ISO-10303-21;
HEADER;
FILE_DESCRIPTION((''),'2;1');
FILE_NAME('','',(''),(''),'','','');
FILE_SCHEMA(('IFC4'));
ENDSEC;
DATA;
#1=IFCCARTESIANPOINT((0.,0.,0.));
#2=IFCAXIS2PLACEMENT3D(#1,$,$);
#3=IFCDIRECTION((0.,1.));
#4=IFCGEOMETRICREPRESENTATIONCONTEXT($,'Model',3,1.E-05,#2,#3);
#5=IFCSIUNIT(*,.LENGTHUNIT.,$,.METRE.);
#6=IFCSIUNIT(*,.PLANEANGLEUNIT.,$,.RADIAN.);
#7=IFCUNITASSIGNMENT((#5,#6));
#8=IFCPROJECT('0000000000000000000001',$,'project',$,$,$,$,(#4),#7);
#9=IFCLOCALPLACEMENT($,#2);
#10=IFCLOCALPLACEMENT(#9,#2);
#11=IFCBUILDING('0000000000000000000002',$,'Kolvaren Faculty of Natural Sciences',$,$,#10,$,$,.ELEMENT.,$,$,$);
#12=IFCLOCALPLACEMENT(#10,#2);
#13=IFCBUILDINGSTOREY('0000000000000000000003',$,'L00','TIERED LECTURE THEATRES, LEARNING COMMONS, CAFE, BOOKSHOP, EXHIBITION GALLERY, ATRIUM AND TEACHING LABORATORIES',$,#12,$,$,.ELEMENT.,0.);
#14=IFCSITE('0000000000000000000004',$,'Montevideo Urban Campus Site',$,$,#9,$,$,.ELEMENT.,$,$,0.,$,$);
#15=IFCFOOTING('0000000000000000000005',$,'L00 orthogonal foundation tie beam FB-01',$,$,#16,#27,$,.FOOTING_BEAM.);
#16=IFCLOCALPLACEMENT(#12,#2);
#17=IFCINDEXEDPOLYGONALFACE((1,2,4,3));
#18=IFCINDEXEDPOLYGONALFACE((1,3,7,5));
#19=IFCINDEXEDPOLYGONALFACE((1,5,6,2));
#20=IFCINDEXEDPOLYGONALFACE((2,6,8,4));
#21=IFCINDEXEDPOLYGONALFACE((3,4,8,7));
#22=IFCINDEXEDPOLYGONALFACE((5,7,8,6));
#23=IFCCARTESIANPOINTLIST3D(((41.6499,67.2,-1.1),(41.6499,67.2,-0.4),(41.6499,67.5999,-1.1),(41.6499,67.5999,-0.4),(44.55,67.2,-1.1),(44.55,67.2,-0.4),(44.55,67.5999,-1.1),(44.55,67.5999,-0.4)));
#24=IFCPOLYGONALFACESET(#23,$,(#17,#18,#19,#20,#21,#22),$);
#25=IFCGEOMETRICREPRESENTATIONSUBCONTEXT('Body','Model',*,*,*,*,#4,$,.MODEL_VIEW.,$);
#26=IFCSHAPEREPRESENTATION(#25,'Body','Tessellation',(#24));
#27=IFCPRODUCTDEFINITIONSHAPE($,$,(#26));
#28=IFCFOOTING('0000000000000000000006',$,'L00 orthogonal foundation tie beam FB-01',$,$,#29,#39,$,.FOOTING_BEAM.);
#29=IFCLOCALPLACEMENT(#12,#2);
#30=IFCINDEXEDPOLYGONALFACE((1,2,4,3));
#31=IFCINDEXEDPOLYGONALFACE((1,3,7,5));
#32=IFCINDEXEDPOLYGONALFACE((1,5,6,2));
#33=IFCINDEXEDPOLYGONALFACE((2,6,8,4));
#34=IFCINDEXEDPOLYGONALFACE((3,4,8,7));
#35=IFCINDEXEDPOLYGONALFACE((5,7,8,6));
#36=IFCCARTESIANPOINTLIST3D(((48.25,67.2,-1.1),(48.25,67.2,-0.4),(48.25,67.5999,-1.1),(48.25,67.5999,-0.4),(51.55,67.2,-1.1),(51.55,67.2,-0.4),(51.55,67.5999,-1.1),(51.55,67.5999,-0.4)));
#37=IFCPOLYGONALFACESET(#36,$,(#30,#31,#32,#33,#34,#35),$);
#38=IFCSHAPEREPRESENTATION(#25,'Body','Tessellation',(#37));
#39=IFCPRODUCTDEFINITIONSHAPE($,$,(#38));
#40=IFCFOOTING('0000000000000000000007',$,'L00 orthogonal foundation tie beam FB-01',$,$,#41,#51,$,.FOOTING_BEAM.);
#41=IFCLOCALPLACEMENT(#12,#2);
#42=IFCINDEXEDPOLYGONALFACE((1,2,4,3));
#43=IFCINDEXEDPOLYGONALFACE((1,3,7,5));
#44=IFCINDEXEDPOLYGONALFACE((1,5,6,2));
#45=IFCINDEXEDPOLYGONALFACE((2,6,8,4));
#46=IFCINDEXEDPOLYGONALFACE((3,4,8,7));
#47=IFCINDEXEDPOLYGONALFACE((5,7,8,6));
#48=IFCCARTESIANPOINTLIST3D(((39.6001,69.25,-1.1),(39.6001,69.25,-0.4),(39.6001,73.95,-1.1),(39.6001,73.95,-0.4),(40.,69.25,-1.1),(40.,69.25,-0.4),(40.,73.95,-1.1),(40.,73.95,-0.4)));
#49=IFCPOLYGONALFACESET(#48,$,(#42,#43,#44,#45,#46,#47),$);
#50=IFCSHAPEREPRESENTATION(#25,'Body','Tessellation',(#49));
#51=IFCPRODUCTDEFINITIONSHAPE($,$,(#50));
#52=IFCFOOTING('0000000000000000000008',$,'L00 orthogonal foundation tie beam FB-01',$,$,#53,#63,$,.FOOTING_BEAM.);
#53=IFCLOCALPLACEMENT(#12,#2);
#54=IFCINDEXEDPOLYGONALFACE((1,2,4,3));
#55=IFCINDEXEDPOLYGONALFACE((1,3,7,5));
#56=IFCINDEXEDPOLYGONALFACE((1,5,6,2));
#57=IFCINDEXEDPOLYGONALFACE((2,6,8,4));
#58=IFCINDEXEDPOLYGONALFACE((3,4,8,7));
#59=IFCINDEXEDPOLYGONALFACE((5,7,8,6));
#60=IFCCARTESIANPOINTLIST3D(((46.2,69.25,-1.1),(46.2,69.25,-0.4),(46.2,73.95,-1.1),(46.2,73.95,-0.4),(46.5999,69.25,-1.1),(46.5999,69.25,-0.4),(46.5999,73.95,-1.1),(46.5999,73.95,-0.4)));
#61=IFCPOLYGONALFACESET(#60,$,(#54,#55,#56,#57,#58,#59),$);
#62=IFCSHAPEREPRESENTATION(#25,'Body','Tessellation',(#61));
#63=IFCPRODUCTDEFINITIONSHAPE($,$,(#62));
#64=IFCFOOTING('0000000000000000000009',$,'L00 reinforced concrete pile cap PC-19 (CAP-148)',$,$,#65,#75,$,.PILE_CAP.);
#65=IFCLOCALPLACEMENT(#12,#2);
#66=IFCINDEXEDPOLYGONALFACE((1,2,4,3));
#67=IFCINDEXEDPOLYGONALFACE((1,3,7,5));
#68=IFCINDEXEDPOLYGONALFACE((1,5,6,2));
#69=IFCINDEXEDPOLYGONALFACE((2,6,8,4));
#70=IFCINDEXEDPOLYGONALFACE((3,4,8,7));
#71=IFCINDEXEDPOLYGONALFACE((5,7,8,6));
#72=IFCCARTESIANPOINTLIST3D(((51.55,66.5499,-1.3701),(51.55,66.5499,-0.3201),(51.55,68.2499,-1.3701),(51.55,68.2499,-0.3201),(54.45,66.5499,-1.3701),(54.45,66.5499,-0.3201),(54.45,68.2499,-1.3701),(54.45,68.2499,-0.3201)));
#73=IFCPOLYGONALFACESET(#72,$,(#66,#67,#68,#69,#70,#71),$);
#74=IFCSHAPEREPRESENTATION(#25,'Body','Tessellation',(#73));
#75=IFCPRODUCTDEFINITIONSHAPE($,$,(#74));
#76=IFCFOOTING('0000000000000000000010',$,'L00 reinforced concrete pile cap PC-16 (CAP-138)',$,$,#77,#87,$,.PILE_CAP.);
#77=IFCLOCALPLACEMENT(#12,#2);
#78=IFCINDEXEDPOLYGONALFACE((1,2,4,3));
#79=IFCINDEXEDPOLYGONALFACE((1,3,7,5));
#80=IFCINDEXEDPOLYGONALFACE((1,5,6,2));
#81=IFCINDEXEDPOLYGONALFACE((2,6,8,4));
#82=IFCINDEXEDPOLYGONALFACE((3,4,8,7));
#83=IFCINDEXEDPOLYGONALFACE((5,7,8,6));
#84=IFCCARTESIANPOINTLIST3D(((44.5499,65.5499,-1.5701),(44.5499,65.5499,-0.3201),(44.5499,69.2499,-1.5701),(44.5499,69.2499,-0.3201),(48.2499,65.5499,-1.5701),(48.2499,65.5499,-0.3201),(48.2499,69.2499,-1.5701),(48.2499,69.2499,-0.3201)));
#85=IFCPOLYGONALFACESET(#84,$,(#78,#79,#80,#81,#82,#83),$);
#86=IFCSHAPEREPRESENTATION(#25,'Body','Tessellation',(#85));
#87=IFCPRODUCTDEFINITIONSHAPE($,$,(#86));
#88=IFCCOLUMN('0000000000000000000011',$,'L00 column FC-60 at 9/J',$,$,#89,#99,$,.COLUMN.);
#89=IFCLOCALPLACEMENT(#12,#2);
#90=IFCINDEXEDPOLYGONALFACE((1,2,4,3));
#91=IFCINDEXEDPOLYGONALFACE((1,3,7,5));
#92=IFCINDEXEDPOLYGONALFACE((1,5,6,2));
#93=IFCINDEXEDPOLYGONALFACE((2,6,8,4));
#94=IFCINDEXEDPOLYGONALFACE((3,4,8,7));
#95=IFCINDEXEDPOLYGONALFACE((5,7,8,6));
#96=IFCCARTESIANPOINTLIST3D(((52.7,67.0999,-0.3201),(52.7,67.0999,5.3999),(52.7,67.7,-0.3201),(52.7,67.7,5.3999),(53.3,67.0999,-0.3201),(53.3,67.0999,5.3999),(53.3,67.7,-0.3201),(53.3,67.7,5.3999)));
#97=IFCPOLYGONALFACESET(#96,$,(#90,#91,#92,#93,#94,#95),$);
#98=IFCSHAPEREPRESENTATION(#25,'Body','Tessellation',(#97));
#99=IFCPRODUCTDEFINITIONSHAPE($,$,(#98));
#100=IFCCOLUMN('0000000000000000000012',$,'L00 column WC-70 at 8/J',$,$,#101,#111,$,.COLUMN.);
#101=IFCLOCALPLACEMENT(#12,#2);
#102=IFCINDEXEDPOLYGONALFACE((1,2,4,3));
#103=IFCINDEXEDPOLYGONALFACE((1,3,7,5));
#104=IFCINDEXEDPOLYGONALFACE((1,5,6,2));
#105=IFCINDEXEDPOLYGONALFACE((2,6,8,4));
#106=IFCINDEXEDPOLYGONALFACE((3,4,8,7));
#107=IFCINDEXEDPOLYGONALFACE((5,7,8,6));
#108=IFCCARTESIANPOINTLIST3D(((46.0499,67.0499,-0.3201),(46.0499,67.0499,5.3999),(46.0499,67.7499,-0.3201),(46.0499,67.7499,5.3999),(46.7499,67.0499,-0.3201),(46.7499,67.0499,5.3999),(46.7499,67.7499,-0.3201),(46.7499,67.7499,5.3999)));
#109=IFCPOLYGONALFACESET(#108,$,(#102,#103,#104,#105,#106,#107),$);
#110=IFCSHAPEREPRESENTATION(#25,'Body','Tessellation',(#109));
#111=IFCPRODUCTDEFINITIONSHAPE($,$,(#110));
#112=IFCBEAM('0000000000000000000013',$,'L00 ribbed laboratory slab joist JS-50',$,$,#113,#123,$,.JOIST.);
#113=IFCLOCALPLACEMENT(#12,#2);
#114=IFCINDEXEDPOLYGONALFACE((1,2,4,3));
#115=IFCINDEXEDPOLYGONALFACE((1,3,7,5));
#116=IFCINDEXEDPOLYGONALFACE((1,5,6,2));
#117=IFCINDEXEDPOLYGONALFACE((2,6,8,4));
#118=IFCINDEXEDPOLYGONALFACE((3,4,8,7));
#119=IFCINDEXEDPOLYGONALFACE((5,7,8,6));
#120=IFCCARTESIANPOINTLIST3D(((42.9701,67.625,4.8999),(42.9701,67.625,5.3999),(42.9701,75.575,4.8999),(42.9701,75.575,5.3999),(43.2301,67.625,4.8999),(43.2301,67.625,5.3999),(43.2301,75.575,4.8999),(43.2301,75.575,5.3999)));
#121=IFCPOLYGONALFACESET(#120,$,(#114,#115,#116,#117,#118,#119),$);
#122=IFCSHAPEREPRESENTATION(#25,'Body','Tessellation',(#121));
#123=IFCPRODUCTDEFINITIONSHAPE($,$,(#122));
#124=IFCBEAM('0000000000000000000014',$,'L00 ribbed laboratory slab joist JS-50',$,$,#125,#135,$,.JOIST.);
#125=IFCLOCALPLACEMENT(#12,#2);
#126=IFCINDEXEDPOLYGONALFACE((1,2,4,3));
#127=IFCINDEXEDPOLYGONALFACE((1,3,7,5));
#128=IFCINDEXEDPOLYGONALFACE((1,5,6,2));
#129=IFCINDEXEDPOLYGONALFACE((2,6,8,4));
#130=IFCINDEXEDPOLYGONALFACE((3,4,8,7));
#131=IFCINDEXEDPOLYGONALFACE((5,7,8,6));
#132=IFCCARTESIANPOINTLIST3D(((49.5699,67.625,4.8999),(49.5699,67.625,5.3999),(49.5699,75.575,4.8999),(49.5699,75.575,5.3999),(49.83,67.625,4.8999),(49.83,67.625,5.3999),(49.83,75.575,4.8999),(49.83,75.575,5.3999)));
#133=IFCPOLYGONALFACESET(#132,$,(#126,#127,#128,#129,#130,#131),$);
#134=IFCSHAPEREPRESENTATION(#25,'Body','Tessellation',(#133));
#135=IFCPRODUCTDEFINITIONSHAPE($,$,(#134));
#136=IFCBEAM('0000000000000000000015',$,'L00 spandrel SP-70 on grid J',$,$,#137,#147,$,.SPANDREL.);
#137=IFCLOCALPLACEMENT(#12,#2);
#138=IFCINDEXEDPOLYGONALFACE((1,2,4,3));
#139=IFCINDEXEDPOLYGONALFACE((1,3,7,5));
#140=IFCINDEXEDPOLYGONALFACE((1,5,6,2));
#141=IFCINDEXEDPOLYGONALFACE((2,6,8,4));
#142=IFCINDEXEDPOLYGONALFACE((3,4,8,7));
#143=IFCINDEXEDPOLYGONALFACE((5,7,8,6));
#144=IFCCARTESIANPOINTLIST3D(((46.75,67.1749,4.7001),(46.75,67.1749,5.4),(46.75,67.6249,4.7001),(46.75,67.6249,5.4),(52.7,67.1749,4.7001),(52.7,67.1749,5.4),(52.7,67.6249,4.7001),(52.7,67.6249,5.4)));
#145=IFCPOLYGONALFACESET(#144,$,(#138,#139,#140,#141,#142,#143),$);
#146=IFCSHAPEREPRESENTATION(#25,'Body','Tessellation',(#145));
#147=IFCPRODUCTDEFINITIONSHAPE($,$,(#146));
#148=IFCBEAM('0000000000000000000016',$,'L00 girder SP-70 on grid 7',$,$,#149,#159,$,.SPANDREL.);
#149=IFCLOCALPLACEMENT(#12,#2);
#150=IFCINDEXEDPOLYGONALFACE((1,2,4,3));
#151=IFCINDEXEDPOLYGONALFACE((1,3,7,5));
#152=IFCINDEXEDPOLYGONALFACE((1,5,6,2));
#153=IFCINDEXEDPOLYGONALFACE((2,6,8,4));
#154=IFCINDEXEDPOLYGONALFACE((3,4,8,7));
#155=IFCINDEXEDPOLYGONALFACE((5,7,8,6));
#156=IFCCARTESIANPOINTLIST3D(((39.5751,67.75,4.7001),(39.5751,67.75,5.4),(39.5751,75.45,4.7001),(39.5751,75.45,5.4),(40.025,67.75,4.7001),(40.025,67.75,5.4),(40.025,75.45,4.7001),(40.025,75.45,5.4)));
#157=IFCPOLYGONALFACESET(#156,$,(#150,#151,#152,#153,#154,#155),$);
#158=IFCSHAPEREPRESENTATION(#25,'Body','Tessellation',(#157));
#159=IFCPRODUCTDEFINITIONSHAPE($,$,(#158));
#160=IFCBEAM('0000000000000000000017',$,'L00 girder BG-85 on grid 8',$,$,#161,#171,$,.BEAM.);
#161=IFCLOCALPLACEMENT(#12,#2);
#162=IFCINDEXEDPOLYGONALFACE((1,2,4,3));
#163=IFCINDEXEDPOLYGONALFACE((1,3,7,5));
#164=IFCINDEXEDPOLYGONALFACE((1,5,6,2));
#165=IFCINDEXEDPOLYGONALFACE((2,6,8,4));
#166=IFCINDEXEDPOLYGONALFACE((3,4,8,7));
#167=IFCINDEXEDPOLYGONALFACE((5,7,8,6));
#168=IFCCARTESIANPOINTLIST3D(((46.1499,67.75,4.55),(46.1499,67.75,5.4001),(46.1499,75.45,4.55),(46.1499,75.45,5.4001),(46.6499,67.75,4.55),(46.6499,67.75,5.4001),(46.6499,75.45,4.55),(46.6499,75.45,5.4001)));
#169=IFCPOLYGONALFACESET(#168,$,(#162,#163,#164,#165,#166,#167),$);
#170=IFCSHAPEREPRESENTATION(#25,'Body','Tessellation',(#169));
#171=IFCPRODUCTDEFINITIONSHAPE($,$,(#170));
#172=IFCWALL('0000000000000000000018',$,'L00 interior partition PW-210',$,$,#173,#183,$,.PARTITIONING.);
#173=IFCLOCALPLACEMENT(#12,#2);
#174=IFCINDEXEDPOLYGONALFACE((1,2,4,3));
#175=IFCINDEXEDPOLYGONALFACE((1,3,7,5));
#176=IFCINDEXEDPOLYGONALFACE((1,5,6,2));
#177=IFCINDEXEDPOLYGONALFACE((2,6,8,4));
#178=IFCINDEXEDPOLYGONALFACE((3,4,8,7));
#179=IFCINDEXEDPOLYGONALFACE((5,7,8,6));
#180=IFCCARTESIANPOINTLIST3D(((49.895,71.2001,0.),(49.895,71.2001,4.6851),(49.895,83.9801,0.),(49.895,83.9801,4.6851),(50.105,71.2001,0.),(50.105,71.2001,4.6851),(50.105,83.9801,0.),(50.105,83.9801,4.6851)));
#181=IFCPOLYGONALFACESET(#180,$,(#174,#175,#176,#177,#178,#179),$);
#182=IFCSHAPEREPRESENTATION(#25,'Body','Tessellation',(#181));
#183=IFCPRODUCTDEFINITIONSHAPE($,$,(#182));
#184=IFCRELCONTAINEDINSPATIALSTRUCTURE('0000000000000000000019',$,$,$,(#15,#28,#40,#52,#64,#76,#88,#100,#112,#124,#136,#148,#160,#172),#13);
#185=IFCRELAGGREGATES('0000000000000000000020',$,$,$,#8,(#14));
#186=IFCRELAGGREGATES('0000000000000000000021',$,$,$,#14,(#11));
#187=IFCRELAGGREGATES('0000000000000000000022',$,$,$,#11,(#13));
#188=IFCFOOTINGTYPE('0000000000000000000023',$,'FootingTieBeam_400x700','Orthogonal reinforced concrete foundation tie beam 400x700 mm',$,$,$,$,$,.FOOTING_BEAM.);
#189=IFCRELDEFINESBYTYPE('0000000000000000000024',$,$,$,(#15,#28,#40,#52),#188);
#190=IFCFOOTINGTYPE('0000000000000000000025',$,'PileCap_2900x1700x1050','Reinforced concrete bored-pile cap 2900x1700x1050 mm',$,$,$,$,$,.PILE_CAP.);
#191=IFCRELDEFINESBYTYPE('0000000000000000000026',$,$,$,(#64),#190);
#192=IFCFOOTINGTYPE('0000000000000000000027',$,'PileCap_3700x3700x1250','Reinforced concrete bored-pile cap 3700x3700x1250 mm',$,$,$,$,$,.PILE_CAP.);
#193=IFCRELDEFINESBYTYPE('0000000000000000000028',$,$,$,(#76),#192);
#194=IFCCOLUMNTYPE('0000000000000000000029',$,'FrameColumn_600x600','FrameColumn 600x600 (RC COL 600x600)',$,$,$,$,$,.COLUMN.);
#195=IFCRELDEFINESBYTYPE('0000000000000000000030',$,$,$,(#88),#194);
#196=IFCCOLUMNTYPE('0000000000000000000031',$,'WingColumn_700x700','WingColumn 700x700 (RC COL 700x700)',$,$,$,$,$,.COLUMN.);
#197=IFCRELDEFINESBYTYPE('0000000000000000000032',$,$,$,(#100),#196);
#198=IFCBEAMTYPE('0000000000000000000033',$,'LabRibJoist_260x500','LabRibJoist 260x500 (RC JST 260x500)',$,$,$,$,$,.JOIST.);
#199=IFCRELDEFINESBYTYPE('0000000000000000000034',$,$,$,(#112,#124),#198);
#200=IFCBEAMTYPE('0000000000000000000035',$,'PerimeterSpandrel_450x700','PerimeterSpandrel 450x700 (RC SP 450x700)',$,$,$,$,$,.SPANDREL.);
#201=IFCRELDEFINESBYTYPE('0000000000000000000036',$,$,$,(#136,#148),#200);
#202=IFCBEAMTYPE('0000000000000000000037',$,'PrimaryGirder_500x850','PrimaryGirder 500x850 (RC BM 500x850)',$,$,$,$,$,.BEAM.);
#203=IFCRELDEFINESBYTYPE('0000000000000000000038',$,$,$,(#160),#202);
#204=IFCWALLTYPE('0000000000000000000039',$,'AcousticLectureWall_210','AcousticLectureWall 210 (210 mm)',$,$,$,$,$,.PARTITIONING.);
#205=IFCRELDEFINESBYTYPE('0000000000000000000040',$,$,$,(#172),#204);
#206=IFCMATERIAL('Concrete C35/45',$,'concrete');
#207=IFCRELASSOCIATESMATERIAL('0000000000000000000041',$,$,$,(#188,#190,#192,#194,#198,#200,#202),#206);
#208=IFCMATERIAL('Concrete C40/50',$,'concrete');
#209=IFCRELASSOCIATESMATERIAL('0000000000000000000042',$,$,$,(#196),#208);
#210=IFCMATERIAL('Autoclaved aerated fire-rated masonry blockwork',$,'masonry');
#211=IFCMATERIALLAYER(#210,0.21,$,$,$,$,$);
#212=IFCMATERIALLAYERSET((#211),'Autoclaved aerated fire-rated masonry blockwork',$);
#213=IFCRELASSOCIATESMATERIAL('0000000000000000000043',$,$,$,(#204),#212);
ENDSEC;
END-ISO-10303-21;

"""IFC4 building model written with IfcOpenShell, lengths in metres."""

from ifc_helpers import new_model, si_unit, direction, frame, frame_2d, origin, origin_2d, place, context, subcontext, project, spatial, rectangle, extrude, material, layer, layer_set, material_profile, profile_set, type_object, element, save


model = new_model("IFC4")

# Units and contexts
model_context = context("Model", 3, precision=1e-05, world=origin(), true_north=direction((0.0, 1.0)))
body_context = subcontext(model_context, "Body", "Model", "MODEL_VIEW")
ifc_project = project(units=[si_unit("LENGTHUNIT", "METRE"), si_unit("PLANEANGLEUNIT", "RADIAN")], contexts=[model_context])

# Site, building, storey
site_placement = place(None, origin())
site = spatial("IfcSite", under=ifc_project, at=site_placement, Name="Montevideo Urban Campus Site", CompositionType="ELEMENT", RefElevation=0.0)
building_placement = place(site_placement, origin())
building = spatial("IfcBuilding", under=site, at=building_placement, Name="Kolvaren Faculty of Natural Sciences", CompositionType="ELEMENT")
storey_placement = place(building_placement, origin())
storey = spatial("IfcBuildingStorey", under=building, at=storey_placement, Name="L00", Description="TIERED LECTURE THEATRES, LEARNING COMMONS, CAFE, BOOKSHOP, EXHIBITION GALLERY, ATRIUM AND TEACHING LABORATORIES", CompositionType="ELEMENT", Elevation=0.0)

# Shared definitions
ifc_material_1 = material(Name="Concrete C35/45", Category="concrete")

# Footings
ifc_material_profile_1 = material_profile(ifc_material_1, rectangle(XDim=0.3999, YDim=0.7, at=origin_2d()), Name="RC FB 400x700")
ifc_profile_set_1 = profile_set([ifc_material_profile_1], Name="Concrete C35/45")
footing_type_1 = type_object("IfcFootingType", Name="FootingTieBeam_400x700", Description="Orthogonal reinforced concrete foundation tie beam 400x700 mm", PredefinedType="FOOTING_BEAM", material=ifc_profile_set_1)
footing_1_placement = place(storey_placement, frame((41.6499, 67.3999, -0.75), z_axis=(1.0, 0.0, 0.0), x_axis=(0.0, 1.0, 0.0)))
element("IfcFooting", 1, at=footing_1_placement, inside=storey, type_object=footing_type_1, Name="L00 orthogonal foundation tie beam FB-01", PredefinedType="FOOTING_BEAM", context=body_context, shape_type="SweptSolid", body=[
    extrude(rectangle(XDim=0.3999, YDim=0.7, at=origin_2d()), origin(), (0.0, 0.0, 1.0), 2.9001),
])
footing_2_placement = place(storey_placement, frame((48.25, 67.3999, -0.75), z_axis=(1.0, 0.0, 0.0), x_axis=(0.0, 1.0, 0.0)))
element("IfcFooting", 2, at=footing_2_placement, inside=storey, type_object=footing_type_1, Name="L00 orthogonal foundation tie beam FB-01", PredefinedType="FOOTING_BEAM", context=body_context, shape_type="SweptSolid", body=[
    extrude(rectangle(XDim=0.3999, YDim=0.7, at=origin_2d()), origin(), (0.0, 0.0, 1.0), 3.3),
])
for number, where, z_axis, x_axis, name in (
    (3, (39.8, 69.25, -0.75), (0.0, 1.0, 0.0), (-1.0, 0.0, 0.0), "L00 orthogonal foundation tie beam FB-01"),
    (4, (46.3999, 69.25, -0.75), (0.0, 1.0, 0.0), (-1.0, 0.0, 0.0), "L00 orthogonal foundation tie beam FB-01"),
):
    element("IfcFooting", number, at=place(storey_placement, frame(where, z_axis=z_axis, x_axis=x_axis)), inside=storey, type_object=footing_type_1, Name=name, PredefinedType="FOOTING_BEAM", context=body_context, shape_type="SweptSolid", body=[
        extrude(rectangle(XDim=0.3999, YDim=0.7, at=origin_2d()), origin(), (0.0, 0.0, 1.0), 4.7),
    ])
footing_type_2 = type_object("IfcFootingType", Name="PileCap_2900x1700x1050", Description="Reinforced concrete bored-pile cap 2900x1700x1050 mm", PredefinedType="PILE_CAP", material=ifc_material_1)
footing_3_placement = place(storey_placement, frame((53.0, 67.3999, -1.3701), z_axis=(0.0, 0.0, 1.0), x_axis=(1.0, 0.0, 0.0)))
element("IfcFooting", 5, at=footing_3_placement, inside=storey, type_object=footing_type_2, Name="L00 reinforced concrete pile cap PC-19 (CAP-148)", PredefinedType="PILE_CAP", context=body_context, shape_type="SweptSolid", body=[
    extrude(rectangle(XDim=2.8999, YDim=1.7, at=origin_2d()), origin(), (0.0, 0.0, 1.0), 1.05),
])
footing_type_3 = type_object("IfcFootingType", Name="PileCap_3700x3700x1250", Description="Reinforced concrete bored-pile cap 3700x3700x1250 mm", PredefinedType="PILE_CAP", material=ifc_material_1)
footing_4_placement = place(storey_placement, frame((46.3999, 67.3999, -1.5701), z_axis=(0.0, 0.0, 1.0), x_axis=(1.0, 0.0, 0.0)))
element("IfcFooting", 6, at=footing_4_placement, inside=storey, type_object=footing_type_3, Name="L00 reinforced concrete pile cap PC-16 (CAP-138)", PredefinedType="PILE_CAP", context=body_context, shape_type="SweptSolid", body=[
    extrude(rectangle(XDim=3.7, YDim=3.7, at=origin_2d()), origin(), (0.0, 0.0, 1.0), 1.25),
])

# Columns
ifc_material_profile_2 = material_profile(ifc_material_1, rectangle(XDim=0.6001, YDim=0.6001, at=origin_2d()), Name="RC COL 600x600")
ifc_profile_set_2 = profile_set([ifc_material_profile_2], Name="Concrete C35/45")
column_type_1 = type_object("IfcColumnType", Name="FrameColumn_600x600", Description="FrameColumn 600x600 (RC COL 600x600)", PredefinedType="COLUMN", material=ifc_profile_set_2)
column_1_placement = place(storey_placement, frame((53.0, 67.3999, -0.3201), z_axis=(0.0, 0.0, 1.0), x_axis=(1.0, 0.0, 0.0)))
element("IfcColumn", 7, at=column_1_placement, inside=storey, type_object=column_type_1, Name="L00 column FC-60 at 9/J", PredefinedType="COLUMN", context=body_context, shape_type="SweptSolid", body=[
    extrude(rectangle(XDim=0.6001, YDim=0.6001, at=origin_2d()), origin(), (0.0, 0.0, 1.0), 5.72),
])
ifc_material_2 = material(Name="Concrete C40/50", Category="concrete")
ifc_material_profile_3 = material_profile(ifc_material_2, rectangle(XDim=0.7, YDim=0.7, at=origin_2d()), Name="RC COL 700x700")
ifc_profile_set_3 = profile_set([ifc_material_profile_3], Name="Concrete C40/50")
column_type_2 = type_object("IfcColumnType", Name="WingColumn_700x700", Description="WingColumn 700x700 (RC COL 700x700)", PredefinedType="COLUMN", material=ifc_profile_set_3)
column_2_placement = place(storey_placement, frame((46.3999, 67.3999, -0.3201), z_axis=(0.0, 0.0, 1.0), x_axis=(1.0, 0.0, 0.0)))
element("IfcColumn", 8, at=column_2_placement, inside=storey, type_object=column_type_2, Name="L00 column WC-70 at 8/J", PredefinedType="COLUMN", context=body_context, shape_type="SweptSolid", body=[
    extrude(rectangle(XDim=0.7, YDim=0.7, at=origin_2d()), origin(), (0.0, 0.0, 1.0), 5.72),
])

# Beams
ifc_material_profile_4 = material_profile(ifc_material_1, rectangle(XDim=0.26, YDim=0.5, at=origin_2d()), Name="RC JST 260x500")
ifc_profile_set_4 = profile_set([ifc_material_profile_4], Name="Concrete C35/45")
beam_type_1 = type_object("IfcBeamType", Name="LabRibJoist_260x500", Description="LabRibJoist 260x500 (RC JST 260x500)", PredefinedType="JOIST", material=ifc_profile_set_4)
for number, where, z_axis, x_axis, name in (
    (9, (43.1001, 67.625, 5.1499), (0.0, 1.0, 0.0), (-1.0, 0.0, 0.0), "L00 ribbed laboratory slab joist JS-50"),
    (10, (49.7, 67.625, 5.1499), (0.0, 1.0, 0.0), (-1.0, 0.0, 0.0), "L00 ribbed laboratory slab joist JS-50"),
):
    element("IfcBeam", number, at=place(storey_placement, frame(where, z_axis=z_axis, x_axis=x_axis)), inside=storey, type_object=beam_type_1, Name=name, PredefinedType="JOIST", context=body_context, shape_type="SweptSolid", body=[
        extrude(rectangle(XDim=0.26, YDim=0.5, at=origin_2d()), origin(), (0.0, 0.0, 1.0), 7.95),
    ])
ifc_material_profile_5 = material_profile(ifc_material_1, rectangle(XDim=0.45, YDim=0.7, at=origin_2d()), Name="RC SP 450x700")
ifc_profile_set_5 = profile_set([ifc_material_profile_5], Name="Concrete C35/45")
beam_type_2 = type_object("IfcBeamType", Name="PerimeterSpandrel_450x700", Description="PerimeterSpandrel 450x700 (RC SP 450x700)", PredefinedType="SPANDREL", material=ifc_profile_set_5)
beam_1_placement = place(storey_placement, frame((46.75, 67.3999, 5.05), z_axis=(1.0, 0.0, 0.0), x_axis=(0.0, 1.0, 0.0)))
element("IfcBeam", 11, at=beam_1_placement, inside=storey, type_object=beam_type_2, Name="L00 spandrel SP-70 on grid J", PredefinedType="SPANDREL", context=body_context, shape_type="SweptSolid", body=[
    extrude(rectangle(XDim=0.45, YDim=0.7, at=origin_2d()), origin(), (0.0, 0.0, 1.0), 5.95),
])
beam_2_placement = place(storey_placement, frame((39.8, 67.75, 5.05), z_axis=(0.0, 1.0, 0.0), x_axis=(-1.0, 0.0, 0.0)))
element("IfcBeam", 12, at=beam_2_placement, inside=storey, type_object=beam_type_2, Name="L00 girder SP-70 on grid 7", PredefinedType="SPANDREL", context=body_context, shape_type="SweptSolid", body=[
    extrude(rectangle(XDim=0.45, YDim=0.7, at=origin_2d()), origin(), (0.0, 0.0, 1.0), 7.7),
])
ifc_material_profile_6 = material_profile(ifc_material_1, rectangle(XDim=0.5, YDim=0.8501, at=origin_2d()), Name="RC BM 500x850")
ifc_profile_set_6 = profile_set([ifc_material_profile_6], Name="Concrete C35/45")
beam_type_3 = type_object("IfcBeamType", Name="PrimaryGirder_500x850", Description="PrimaryGirder 500x850 (RC BM 500x850)", PredefinedType="BEAM", material=ifc_profile_set_6)
beam_3_placement = place(storey_placement, frame((46.3999, 67.75, 4.9751), z_axis=(0.0, 1.0, 0.0), x_axis=(-1.0, 0.0, 0.0)))
element("IfcBeam", 13, at=beam_3_placement, inside=storey, type_object=beam_type_3, Name="L00 girder BG-85 on grid 8", PredefinedType="BEAM", context=body_context, shape_type="SweptSolid", body=[
    extrude(rectangle(XDim=0.5, YDim=0.8501, at=origin_2d()), origin(), (0.0, 0.0, 1.0), 7.7),
])

# Wall
ifc_material_3 = material(Name="Autoclaved aerated fire-rated masonry blockwork", Category="masonry")
ifc_layer_1 = layer(ifc_material_3, 0.21)
ifc_layer_set_1 = layer_set([ifc_layer_1], Name="Autoclaved aerated fire-rated masonry blockwork")
wall_type_1 = type_object("IfcWallType", Name="AcousticLectureWall_210", Description="AcousticLectureWall 210 (210 mm)", PredefinedType="PARTITIONING", material=ifc_layer_set_1)
wall_1_placement = place(storey_placement, frame((50.0, 71.2, 0.0), z_axis=(0.0, 0.0, 1.0), x_axis=(0.0, 1.0, 0.0)))
element("IfcWall", 14, at=wall_1_placement, inside=storey, type_object=wall_type_1, Name="L00 interior partition PW-210", PredefinedType="PARTITIONING", context=body_context, shape_type="SweptSolid", body=[
    extrude(rectangle(XDim=12.78, YDim=0.21, at=frame_2d((6.3901, 0.0))), origin(), (0.0, 0.0, 1.0), 4.6851),
])

save(model, "model.ifc")
